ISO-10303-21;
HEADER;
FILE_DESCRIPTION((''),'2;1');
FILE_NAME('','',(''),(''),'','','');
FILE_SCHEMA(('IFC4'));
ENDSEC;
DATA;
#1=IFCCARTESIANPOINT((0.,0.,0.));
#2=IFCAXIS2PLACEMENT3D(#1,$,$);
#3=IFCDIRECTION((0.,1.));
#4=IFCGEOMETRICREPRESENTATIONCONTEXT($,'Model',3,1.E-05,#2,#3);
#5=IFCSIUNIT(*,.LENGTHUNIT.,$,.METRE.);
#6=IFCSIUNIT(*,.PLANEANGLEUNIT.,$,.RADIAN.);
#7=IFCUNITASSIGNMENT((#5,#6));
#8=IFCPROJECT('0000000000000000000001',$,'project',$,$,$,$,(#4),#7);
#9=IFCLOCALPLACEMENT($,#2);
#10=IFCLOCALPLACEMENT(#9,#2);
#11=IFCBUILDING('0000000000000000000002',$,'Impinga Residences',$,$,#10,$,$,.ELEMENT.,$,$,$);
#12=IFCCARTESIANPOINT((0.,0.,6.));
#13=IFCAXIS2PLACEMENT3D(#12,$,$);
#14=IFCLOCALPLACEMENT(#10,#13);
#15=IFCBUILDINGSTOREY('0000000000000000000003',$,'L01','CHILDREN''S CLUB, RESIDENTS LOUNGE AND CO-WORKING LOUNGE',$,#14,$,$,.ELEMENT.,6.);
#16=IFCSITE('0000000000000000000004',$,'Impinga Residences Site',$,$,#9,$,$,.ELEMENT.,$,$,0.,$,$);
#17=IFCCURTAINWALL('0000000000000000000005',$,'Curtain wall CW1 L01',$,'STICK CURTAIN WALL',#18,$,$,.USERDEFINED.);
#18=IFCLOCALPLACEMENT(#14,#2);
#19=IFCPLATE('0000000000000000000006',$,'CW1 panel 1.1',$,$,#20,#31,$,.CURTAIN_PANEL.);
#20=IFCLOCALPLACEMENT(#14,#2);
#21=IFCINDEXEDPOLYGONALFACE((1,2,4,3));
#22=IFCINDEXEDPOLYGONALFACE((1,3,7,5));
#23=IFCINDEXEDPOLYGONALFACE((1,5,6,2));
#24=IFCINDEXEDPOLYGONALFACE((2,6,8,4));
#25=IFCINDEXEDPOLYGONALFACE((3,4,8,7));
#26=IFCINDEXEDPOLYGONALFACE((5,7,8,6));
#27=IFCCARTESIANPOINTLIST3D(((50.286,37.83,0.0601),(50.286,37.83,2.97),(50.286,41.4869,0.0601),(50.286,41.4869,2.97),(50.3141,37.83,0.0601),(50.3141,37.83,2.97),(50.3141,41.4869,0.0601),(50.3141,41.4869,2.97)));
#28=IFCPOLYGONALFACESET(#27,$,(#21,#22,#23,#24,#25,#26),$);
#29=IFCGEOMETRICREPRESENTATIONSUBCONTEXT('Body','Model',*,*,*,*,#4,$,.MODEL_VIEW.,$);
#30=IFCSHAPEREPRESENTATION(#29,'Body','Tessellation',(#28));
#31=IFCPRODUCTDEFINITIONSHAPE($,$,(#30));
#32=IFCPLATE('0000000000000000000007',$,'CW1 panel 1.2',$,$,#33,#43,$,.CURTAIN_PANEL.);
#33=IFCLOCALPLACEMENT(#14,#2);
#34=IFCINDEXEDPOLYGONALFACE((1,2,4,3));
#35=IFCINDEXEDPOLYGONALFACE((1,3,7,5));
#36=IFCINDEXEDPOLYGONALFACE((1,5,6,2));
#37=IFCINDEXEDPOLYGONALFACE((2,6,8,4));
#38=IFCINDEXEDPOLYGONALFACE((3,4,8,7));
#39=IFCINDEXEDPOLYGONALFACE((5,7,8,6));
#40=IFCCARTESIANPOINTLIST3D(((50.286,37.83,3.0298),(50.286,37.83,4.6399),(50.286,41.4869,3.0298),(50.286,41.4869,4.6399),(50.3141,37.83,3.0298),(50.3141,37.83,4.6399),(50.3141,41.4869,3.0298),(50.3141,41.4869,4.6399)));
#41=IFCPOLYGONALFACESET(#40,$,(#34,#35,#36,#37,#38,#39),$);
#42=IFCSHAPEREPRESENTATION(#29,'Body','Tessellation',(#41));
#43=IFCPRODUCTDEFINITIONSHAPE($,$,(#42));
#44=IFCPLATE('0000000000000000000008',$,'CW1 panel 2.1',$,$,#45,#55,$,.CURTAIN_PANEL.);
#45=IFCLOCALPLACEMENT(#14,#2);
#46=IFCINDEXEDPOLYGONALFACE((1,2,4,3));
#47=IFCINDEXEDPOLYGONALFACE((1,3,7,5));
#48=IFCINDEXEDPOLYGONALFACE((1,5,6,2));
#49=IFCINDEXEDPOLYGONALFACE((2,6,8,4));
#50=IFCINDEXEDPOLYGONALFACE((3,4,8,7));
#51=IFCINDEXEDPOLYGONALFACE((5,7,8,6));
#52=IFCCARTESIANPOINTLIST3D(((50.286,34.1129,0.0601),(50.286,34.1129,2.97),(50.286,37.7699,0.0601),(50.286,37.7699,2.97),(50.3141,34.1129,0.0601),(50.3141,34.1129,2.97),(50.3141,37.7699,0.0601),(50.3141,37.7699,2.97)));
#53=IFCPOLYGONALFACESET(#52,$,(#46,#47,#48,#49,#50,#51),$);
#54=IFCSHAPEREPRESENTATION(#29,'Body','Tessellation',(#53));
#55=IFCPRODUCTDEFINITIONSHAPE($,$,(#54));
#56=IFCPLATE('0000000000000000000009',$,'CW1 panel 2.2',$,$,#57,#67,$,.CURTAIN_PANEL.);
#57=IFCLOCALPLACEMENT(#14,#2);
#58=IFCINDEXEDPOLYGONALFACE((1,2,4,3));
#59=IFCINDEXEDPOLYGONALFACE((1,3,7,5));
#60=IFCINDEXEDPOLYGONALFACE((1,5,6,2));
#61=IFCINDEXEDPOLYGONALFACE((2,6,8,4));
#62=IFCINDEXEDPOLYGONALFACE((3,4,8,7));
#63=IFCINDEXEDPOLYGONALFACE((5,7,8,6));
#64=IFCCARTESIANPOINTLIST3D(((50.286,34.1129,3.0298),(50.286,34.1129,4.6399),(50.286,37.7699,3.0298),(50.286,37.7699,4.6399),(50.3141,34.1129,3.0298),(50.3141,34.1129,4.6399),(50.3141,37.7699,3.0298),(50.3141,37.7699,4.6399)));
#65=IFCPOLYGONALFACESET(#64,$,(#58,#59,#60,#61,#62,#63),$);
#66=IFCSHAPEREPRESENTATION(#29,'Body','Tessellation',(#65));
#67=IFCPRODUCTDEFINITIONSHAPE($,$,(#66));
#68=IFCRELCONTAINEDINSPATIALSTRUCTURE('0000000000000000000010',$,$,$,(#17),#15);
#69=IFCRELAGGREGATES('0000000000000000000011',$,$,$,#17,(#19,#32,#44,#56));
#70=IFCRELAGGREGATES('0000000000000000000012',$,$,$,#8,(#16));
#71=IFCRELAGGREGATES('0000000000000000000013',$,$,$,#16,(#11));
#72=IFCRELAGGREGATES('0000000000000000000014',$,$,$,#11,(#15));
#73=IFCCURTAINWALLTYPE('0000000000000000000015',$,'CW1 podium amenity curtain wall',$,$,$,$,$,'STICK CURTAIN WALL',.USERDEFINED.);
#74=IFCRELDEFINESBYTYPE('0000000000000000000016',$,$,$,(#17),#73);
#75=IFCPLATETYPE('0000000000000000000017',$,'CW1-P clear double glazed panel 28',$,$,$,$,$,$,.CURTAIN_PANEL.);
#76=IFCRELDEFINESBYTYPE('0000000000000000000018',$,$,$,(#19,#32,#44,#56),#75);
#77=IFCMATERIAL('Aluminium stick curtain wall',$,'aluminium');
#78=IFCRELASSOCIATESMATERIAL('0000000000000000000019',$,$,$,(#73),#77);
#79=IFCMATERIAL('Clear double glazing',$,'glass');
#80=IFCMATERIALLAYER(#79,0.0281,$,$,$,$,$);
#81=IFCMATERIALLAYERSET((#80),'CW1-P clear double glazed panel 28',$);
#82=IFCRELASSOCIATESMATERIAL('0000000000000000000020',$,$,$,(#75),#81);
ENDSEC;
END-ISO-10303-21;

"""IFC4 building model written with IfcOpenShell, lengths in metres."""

from ifc_helpers import new_model, si_unit, direction, frame, origin, origin_2d, place, context, subcontext, project, spatial, rectangle, extrude, material, layer, layer_set, type_object, element, aggregate, save


model = new_model("IFC4")

# Units and contexts
model_context = context("Model", 3, precision=1e-05, world=origin(), true_north=direction((0.0, 1.0)))
body_context = subcontext(model_context, "Body", "Model", "MODEL_VIEW")
ifc_project = project(units=[si_unit("LENGTHUNIT", "METRE"), si_unit("PLANEANGLEUNIT", "RADIAN")], contexts=[model_context])

# Site, building, storey
site_placement = place(None, origin())
site = spatial("IfcSite", under=ifc_project, at=site_placement, Name="Impinga Residences Site", CompositionType="ELEMENT", RefElevation=0.0)
building_placement = place(site_placement, origin())
building = spatial("IfcBuilding", under=site, at=building_placement, Name="Impinga Residences", CompositionType="ELEMENT")
storey_placement = place(building_placement, frame((0.0, 0.0, 6.0)))
storey = spatial("IfcBuildingStorey", under=building, at=storey_placement, Name="L01", Description="CHILDREN'S CLUB, RESIDENTS LOUNGE AND CO-WORKING LOUNGE", CompositionType="ELEMENT", Elevation=6.0)

# Shared definitions
ifc_material_1 = material(Name="Aluminium stick curtain wall", Category="aluminium")
curtain_wall_type = type_object("IfcCurtainWallType", Name="CW1 podium amenity curtain wall", ElementType="STICK CURTAIN WALL", PredefinedType="USERDEFINED", material=ifc_material_1)

# Curtain wall
curtain_wall_1_placement = place(storey_placement, origin())
curtain_wall_1 = element("IfcCurtainWall", 1, at=curtain_wall_1_placement, inside=storey, type_object=curtain_wall_type, Name="Curtain wall CW1 L01", ObjectType="STICK CURTAIN WALL", PredefinedType="USERDEFINED")

# Plates
ifc_material_2 = material(Name="Clear double glazing", Category="glass")
ifc_layer = layer(ifc_material_2, 0.0281)
ifc_layer_set = layer_set([ifc_layer], Name="CW1-P clear double glazed panel 28")
plate_type = type_object("IfcPlateType", Name="CW1-P clear double glazed panel 28", PredefinedType="CURTAIN_PANEL", material=ifc_layer_set)
plate_1_placement = place(storey_placement, frame((50.3, 39.6584, 0.0601), z_axis=(0.0, 0.0, 1.0), x_axis=(0.0, -1.0, 0.0)))
plate_1 = element("IfcPlate", 2, at=plate_1_placement, type_object=plate_type, Name="CW1 panel 1.1", PredefinedType="CURTAIN_PANEL", context=body_context, shape_type="SweptSolid", body=[
    extrude(rectangle(XDim=3.657, YDim=0.0281, at=origin_2d()), origin(), (0.0, 0.0, 1.0), 2.9099),
])
plate_2_placement = place(storey_placement, frame((50.3, 39.6584, 3.0298), z_axis=(0.0, 0.0, 1.0), x_axis=(0.0, -1.0, 0.0)))
plate_2 = element("IfcPlate", 3, at=plate_2_placement, type_object=plate_type, Name="CW1 panel 1.2", PredefinedType="CURTAIN_PANEL", context=body_context, shape_type="SweptSolid", body=[
    extrude(rectangle(XDim=3.657, YDim=0.0281, at=origin_2d()), origin(), (0.0, 0.0, 1.0), 1.6101),
])
plate_3_placement = place(storey_placement, frame((50.3, 35.9414, 0.0601), z_axis=(0.0, 0.0, 1.0), x_axis=(0.0, -1.0, 0.0)))
plate_3 = element("IfcPlate", 4, at=plate_3_placement, type_object=plate_type, Name="CW1 panel 2.1", PredefinedType="CURTAIN_PANEL", context=body_context, shape_type="SweptSolid", body=[
    extrude(rectangle(XDim=3.657, YDim=0.0281, at=origin_2d()), origin(), (0.0, 0.0, 1.0), 2.9099),
])
plate_4_placement = place(storey_placement, frame((50.3, 35.9414, 3.0298), z_axis=(0.0, 0.0, 1.0), x_axis=(0.0, -1.0, 0.0)))
plate_4 = element("IfcPlate", 5, at=plate_4_placement, type_object=plate_type, Name="CW1 panel 2.2", PredefinedType="CURTAIN_PANEL", context=body_context, shape_type="SweptSolid", body=[
    extrude(rectangle(XDim=3.657, YDim=0.0281, at=origin_2d()), origin(), (0.0, 0.0, 1.0), 1.6101),
])
aggregate(curtain_wall_1, [plate_1, plate_2, plate_3, plate_4])

save(model, "model.ifc")
